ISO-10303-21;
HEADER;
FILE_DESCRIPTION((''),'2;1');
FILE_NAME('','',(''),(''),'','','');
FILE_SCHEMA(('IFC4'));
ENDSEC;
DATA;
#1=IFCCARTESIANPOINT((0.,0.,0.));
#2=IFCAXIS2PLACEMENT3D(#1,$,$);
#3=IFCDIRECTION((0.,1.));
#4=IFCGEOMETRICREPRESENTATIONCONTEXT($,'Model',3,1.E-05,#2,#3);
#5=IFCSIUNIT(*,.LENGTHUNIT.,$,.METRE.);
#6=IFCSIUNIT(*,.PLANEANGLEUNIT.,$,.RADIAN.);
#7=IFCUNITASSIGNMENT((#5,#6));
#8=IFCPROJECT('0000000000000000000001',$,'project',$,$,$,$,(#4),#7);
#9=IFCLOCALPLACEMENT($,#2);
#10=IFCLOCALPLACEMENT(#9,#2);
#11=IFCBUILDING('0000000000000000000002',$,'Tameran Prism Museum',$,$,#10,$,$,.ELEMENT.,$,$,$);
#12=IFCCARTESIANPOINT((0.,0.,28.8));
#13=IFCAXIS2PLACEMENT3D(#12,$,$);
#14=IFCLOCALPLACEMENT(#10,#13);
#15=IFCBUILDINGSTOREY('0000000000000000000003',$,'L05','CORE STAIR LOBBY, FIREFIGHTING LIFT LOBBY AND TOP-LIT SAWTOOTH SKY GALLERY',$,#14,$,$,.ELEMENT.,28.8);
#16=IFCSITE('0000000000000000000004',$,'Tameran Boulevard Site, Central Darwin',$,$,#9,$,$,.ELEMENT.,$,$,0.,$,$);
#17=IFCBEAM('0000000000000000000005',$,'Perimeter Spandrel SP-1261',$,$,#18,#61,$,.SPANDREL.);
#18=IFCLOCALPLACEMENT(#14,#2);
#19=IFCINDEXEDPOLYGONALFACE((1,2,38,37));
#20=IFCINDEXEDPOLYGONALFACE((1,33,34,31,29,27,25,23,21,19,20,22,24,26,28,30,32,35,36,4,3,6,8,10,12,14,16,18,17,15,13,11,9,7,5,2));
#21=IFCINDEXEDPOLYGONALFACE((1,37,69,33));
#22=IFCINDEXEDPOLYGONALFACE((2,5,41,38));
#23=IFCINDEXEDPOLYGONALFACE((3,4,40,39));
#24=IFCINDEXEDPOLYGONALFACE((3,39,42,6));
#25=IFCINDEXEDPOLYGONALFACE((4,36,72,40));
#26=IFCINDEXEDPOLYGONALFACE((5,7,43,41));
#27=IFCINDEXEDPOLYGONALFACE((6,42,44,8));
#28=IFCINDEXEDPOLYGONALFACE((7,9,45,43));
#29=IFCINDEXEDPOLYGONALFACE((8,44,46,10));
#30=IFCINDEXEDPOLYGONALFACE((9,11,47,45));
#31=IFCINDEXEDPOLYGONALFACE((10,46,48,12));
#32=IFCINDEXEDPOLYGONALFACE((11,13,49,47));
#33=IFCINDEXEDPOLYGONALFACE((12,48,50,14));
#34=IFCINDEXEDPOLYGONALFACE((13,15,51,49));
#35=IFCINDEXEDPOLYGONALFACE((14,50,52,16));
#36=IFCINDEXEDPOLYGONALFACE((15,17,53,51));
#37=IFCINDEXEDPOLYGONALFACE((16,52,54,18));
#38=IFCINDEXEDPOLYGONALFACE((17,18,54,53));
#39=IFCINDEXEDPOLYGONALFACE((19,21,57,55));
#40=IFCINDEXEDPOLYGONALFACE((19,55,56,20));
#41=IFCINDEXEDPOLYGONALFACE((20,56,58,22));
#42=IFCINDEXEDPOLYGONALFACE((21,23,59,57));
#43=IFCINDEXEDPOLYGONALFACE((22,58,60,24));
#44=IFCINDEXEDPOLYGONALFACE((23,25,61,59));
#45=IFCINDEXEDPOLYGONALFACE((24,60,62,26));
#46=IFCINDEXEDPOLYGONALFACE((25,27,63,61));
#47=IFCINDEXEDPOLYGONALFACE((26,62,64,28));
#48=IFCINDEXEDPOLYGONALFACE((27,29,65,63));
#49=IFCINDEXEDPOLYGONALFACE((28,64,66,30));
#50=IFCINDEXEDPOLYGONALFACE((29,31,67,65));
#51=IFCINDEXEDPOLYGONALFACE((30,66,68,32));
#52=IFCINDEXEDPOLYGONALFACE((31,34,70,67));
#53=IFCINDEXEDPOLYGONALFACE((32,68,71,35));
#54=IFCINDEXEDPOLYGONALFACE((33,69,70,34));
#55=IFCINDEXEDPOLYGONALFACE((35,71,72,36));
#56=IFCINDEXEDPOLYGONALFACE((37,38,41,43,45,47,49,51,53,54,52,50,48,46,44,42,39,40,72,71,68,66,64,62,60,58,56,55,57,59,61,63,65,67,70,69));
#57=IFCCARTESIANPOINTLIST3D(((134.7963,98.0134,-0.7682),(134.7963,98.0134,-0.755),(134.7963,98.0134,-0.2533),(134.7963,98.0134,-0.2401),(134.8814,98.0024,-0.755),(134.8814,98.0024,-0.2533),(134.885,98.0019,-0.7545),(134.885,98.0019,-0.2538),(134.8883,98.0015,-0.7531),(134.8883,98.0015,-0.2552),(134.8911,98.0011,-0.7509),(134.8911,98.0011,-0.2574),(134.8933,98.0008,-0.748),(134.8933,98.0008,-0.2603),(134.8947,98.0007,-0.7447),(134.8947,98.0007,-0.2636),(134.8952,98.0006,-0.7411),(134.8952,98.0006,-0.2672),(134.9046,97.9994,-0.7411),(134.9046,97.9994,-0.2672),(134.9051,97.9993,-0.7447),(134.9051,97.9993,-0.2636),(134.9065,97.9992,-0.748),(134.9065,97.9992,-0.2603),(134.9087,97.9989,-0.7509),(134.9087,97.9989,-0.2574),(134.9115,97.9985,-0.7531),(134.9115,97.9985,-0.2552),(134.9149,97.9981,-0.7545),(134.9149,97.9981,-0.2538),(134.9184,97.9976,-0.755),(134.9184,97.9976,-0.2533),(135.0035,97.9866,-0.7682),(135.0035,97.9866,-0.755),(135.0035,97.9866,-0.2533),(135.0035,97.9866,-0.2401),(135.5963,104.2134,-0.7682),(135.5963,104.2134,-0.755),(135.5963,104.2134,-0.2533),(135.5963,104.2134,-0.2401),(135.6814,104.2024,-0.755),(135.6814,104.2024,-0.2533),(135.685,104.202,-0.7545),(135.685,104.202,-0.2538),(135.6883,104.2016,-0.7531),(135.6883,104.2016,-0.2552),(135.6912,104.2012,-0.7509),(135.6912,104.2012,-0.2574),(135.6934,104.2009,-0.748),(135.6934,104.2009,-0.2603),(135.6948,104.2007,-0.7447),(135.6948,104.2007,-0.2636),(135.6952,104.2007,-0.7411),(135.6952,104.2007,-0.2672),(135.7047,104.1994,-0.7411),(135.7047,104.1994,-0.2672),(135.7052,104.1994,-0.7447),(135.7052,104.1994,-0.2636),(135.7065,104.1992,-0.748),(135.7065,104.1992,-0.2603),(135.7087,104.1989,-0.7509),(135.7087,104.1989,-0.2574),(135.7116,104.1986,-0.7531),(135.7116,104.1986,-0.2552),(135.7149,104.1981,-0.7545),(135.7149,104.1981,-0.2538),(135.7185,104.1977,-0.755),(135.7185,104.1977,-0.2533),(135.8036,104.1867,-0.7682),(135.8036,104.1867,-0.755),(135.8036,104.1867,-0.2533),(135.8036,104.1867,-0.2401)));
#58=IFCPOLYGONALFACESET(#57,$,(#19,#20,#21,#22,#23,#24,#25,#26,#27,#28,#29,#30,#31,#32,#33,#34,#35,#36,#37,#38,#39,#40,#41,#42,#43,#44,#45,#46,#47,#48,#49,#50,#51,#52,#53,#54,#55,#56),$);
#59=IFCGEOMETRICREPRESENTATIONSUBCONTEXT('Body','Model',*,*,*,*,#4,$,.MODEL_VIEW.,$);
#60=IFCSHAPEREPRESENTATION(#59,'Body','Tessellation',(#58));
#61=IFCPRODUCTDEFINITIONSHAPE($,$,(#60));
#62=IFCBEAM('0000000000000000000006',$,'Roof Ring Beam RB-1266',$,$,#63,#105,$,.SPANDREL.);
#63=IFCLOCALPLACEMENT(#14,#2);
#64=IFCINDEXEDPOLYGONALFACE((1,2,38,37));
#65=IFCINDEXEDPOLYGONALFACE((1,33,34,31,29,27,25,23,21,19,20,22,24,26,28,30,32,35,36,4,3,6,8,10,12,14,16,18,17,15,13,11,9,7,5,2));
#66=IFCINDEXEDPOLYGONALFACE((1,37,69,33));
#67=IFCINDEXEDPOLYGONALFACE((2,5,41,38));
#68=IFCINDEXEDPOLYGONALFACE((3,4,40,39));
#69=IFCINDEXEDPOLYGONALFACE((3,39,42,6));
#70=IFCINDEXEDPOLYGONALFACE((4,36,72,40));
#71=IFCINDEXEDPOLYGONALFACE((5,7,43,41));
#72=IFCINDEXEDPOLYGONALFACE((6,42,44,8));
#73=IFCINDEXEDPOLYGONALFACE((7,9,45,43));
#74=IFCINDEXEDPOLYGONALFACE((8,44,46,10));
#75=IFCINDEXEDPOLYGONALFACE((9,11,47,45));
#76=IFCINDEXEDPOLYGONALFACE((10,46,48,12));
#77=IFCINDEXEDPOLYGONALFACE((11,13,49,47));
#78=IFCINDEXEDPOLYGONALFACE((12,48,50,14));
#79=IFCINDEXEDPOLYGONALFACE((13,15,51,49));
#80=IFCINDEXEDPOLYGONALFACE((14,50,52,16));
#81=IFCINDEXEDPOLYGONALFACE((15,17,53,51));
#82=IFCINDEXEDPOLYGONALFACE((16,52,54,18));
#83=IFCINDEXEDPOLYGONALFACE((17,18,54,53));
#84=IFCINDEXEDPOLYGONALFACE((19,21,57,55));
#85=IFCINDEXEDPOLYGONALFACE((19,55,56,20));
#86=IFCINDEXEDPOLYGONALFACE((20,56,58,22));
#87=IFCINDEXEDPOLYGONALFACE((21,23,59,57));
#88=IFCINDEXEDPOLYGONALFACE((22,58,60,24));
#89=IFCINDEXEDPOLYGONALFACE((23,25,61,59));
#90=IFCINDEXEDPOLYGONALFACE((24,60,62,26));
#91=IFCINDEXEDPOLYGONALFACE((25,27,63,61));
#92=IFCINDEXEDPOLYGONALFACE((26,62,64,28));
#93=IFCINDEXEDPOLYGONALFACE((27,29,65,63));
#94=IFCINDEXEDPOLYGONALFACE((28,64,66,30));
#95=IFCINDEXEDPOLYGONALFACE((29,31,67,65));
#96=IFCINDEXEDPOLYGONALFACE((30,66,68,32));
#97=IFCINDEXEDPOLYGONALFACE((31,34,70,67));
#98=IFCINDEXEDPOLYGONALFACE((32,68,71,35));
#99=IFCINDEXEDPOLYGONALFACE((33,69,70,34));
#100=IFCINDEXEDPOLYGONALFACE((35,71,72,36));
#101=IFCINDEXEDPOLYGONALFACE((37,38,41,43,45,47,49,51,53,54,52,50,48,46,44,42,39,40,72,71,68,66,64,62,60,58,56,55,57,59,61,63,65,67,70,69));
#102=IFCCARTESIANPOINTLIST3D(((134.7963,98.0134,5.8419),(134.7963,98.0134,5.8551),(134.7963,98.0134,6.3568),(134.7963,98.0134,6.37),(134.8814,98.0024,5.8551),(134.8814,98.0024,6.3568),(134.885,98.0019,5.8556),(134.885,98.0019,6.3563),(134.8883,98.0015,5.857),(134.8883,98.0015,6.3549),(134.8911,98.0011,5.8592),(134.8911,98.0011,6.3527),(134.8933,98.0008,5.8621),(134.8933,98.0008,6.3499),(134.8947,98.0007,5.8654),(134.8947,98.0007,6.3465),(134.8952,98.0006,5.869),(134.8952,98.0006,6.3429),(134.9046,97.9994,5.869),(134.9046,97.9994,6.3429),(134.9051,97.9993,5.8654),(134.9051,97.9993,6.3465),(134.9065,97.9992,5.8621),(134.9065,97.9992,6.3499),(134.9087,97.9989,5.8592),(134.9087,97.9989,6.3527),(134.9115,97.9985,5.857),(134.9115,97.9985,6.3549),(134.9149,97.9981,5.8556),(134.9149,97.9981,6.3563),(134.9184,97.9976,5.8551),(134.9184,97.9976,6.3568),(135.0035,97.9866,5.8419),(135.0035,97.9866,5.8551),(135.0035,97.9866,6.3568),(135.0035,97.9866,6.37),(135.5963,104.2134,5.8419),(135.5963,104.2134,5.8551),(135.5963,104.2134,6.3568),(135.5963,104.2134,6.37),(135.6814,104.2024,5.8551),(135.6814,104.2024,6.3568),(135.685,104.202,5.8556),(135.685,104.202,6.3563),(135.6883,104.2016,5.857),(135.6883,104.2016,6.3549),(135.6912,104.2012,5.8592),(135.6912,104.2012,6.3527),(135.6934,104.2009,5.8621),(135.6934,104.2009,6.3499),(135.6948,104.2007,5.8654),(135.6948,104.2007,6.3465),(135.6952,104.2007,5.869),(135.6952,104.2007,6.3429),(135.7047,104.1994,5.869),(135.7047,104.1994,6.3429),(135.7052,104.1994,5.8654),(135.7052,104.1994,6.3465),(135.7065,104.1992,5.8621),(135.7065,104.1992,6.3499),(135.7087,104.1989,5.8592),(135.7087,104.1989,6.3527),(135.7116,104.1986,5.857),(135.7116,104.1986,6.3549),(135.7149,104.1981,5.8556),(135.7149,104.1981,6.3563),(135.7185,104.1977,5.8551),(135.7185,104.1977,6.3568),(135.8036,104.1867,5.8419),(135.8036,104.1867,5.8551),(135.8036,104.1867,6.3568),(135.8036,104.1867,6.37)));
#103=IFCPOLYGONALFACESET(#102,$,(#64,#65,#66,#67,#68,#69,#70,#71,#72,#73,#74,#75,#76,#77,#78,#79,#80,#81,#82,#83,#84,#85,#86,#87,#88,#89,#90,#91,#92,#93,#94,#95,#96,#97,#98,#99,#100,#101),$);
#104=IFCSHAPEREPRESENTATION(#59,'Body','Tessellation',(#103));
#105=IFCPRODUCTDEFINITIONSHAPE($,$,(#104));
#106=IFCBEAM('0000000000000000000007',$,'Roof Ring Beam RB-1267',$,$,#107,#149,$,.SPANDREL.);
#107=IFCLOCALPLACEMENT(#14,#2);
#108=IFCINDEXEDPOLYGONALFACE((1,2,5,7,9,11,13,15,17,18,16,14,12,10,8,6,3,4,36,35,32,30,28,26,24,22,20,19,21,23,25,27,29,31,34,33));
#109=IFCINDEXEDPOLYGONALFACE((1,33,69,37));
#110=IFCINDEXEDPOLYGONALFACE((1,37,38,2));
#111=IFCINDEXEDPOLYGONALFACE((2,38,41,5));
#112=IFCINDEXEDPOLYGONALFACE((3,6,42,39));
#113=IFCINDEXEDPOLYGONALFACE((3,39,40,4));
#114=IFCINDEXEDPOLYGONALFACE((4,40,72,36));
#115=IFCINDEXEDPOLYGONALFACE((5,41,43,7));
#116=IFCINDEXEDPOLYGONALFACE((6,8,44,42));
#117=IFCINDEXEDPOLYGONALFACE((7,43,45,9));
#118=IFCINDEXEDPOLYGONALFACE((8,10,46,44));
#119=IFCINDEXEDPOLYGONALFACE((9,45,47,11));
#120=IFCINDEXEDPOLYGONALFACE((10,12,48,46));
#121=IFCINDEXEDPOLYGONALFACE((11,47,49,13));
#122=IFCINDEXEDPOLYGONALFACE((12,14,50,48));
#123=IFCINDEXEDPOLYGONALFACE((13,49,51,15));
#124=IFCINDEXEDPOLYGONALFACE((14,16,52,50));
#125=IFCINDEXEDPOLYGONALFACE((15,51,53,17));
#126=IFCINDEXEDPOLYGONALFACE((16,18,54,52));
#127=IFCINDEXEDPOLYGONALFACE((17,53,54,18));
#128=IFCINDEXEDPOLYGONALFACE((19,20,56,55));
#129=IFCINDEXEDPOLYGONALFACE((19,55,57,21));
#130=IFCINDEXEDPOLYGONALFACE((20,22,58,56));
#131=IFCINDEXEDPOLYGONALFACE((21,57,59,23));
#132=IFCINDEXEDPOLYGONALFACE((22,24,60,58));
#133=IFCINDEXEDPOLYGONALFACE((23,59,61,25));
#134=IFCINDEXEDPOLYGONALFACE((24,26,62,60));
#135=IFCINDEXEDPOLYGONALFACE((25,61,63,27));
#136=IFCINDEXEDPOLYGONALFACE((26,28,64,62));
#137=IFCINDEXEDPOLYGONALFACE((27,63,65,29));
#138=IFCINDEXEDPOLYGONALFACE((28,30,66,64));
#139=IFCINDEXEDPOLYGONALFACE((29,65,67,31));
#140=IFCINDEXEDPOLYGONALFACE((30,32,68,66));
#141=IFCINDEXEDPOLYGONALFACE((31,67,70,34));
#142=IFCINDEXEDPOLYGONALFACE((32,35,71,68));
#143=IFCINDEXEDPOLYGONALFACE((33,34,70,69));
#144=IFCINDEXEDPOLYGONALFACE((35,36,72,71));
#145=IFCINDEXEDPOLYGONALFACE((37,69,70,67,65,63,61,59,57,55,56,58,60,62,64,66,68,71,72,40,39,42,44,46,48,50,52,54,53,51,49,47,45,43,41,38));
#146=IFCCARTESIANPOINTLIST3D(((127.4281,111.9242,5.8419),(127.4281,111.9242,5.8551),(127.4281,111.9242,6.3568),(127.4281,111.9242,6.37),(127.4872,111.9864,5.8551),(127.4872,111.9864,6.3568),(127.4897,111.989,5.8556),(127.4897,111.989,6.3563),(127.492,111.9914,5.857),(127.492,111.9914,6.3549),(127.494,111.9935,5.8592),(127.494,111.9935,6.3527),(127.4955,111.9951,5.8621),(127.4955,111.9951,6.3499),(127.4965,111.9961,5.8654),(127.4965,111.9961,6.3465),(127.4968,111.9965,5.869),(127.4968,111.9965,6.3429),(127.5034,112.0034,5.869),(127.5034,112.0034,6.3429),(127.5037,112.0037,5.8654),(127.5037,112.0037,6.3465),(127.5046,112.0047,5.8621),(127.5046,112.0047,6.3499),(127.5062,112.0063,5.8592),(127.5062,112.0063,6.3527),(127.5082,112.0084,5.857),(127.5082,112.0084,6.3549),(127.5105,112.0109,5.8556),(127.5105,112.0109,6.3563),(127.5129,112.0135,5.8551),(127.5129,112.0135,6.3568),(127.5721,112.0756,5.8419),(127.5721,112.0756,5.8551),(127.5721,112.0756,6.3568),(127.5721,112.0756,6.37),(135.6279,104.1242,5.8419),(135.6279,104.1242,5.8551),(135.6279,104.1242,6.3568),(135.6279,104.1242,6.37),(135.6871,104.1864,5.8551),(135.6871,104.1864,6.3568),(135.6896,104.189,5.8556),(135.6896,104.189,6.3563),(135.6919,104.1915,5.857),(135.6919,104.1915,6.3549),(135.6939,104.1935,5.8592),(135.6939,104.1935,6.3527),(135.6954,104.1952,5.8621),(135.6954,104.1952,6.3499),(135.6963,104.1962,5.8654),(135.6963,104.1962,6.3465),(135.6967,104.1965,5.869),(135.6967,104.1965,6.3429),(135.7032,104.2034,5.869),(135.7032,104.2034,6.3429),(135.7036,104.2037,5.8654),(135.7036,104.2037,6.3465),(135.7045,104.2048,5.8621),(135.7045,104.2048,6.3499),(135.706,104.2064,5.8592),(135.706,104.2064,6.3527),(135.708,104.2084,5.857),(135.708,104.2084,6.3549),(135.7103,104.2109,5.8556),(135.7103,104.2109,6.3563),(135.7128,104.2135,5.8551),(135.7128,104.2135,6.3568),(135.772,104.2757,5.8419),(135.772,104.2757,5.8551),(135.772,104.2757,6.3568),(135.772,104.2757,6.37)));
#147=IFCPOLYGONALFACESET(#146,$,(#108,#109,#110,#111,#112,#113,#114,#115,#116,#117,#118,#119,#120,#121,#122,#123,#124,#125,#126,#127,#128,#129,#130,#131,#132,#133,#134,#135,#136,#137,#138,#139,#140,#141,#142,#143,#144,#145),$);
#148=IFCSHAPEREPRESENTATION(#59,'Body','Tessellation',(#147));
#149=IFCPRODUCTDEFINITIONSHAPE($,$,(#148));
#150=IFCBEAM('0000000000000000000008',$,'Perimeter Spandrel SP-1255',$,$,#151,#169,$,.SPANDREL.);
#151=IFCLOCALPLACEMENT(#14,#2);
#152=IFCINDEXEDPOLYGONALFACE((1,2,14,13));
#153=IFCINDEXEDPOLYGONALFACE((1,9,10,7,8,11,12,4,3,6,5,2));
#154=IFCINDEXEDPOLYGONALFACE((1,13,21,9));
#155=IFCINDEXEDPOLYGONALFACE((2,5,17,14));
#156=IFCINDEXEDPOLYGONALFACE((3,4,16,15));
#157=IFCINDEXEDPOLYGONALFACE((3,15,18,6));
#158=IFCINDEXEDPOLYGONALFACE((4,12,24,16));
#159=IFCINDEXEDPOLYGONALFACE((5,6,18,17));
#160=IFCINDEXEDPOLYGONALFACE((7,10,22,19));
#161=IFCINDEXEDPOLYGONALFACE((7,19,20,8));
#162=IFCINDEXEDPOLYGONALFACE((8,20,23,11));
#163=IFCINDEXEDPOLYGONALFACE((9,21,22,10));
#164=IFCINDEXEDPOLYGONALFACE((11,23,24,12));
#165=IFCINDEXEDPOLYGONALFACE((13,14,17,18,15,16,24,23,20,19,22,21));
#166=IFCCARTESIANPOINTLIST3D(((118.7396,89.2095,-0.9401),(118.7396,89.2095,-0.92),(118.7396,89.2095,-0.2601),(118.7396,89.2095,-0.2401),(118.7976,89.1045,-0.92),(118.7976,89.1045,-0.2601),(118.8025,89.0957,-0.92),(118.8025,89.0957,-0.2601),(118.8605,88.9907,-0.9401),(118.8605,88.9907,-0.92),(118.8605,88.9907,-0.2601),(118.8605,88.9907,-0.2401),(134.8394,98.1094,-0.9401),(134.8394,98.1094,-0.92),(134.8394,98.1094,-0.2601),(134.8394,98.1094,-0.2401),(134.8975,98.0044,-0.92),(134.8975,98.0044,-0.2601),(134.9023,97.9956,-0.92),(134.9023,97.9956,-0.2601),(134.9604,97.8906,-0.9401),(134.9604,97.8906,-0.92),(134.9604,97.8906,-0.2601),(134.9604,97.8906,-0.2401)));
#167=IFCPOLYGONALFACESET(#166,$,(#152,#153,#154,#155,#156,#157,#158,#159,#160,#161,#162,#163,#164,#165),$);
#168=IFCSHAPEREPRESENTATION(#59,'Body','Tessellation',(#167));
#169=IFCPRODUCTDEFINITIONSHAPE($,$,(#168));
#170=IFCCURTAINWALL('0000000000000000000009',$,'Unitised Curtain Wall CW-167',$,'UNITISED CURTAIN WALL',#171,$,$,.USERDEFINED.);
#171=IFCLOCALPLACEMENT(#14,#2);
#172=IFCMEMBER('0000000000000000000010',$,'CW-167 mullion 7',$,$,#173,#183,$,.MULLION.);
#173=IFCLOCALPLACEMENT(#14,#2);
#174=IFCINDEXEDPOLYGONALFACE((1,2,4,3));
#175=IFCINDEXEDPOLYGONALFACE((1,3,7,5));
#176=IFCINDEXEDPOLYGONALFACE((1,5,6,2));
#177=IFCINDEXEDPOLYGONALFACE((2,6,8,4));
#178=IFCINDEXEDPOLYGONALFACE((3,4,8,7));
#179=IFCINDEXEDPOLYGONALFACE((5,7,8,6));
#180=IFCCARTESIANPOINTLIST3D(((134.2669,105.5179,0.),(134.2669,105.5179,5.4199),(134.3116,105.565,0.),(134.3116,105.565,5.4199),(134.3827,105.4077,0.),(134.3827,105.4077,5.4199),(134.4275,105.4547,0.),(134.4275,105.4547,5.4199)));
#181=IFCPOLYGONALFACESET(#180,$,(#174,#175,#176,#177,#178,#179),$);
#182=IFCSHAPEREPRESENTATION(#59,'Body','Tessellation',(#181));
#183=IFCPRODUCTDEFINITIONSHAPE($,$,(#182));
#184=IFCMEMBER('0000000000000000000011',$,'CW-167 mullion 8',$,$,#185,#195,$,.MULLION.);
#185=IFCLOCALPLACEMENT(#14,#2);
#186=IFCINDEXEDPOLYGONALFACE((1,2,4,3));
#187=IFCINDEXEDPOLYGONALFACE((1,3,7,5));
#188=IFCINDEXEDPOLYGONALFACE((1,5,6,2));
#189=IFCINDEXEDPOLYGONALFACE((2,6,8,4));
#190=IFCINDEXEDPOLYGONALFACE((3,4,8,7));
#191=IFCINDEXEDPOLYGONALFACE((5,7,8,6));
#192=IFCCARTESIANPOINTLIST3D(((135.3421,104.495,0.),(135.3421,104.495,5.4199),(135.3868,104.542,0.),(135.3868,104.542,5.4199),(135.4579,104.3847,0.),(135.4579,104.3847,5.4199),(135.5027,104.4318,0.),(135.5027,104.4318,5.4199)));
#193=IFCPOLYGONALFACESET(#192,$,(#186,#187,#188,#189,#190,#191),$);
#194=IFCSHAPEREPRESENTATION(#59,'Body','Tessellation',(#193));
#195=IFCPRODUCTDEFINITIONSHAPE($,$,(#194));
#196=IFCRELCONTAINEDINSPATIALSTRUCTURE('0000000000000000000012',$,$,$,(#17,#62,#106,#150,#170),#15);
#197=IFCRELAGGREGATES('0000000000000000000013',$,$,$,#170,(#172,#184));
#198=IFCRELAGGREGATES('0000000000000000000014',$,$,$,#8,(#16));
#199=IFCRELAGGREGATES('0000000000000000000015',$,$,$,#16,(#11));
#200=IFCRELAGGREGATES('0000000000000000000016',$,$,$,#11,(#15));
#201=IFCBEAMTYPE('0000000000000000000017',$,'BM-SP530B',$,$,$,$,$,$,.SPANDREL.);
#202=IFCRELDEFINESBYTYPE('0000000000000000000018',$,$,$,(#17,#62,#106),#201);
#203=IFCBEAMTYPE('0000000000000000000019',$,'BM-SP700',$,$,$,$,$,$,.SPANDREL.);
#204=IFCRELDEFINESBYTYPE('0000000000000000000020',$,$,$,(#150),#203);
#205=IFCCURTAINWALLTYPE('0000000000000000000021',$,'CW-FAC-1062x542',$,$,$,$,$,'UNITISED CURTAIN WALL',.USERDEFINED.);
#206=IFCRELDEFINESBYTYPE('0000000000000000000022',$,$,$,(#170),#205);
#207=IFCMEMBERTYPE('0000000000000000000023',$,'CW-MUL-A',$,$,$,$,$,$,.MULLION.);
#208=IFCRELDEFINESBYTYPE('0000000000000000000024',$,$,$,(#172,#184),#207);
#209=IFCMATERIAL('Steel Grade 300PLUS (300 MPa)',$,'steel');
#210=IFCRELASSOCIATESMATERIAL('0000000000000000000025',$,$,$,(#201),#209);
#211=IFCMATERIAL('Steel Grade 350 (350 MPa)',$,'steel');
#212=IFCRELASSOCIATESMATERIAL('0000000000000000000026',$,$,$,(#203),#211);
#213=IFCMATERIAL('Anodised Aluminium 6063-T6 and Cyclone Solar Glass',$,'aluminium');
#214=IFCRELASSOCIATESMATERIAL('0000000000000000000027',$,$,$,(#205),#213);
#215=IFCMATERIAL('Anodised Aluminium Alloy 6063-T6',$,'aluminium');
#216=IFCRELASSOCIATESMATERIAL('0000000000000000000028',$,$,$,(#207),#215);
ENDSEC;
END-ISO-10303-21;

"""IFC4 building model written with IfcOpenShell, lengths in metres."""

from ifc_helpers import new_model, si_unit, direction, frame, origin, origin_2d, place, context, subcontext, project, spatial, rectangle, i_section, extrude, material, material_profile, profile_set, type_object, element, aggregate, save


model = new_model("IFC4")

# Units and contexts
model_context = context("Model", 3, precision=1e-05, world=origin(), true_north=direction((0.0, 1.0)))
body_context = subcontext(model_context, "Body", "Model", "MODEL_VIEW")
ifc_project = project(units=[si_unit("LENGTHUNIT", "METRE"), si_unit("PLANEANGLEUNIT", "RADIAN")], contexts=[model_context])

# Site, building, storey
site_placement = place(None, origin())
site = spatial("IfcSite", under=ifc_project, at=site_placement, Name="Tameran Boulevard Site, Central Darwin", CompositionType="ELEMENT", RefElevation=0.0)
building_placement = place(site_placement, origin())
building = spatial("IfcBuilding", under=site, at=building_placement, Name="Tameran Prism Museum", CompositionType="ELEMENT")
storey_placement = place(building_placement, frame((0.0, 0.0, 28.8)))
storey = spatial("IfcBuildingStorey", under=building, at=storey_placement, Name="L05", Description="CORE STAIR LOBBY, FIREFIGHTING LIFT LOBBY AND TOP-LIT SAWTOOTH SKY GALLERY", CompositionType="ELEMENT", Elevation=28.8)

# Beams
ifc_material_1 = material(Name="Steel Grade 300PLUS (300 MPa)", Category="steel")
ifc_material_profile_1 = material_profile(ifc_material_1, i_section(OverallWidth=0.209, OverallDepth=0.5281, WebThickness=0.0095, FlangeThickness=0.0132, FilletRadius=0.0139, at=origin_2d()))
ifc_profile_set_1 = profile_set([ifc_material_profile_1])
beam_type_1 = type_object("IfcBeamType", Name="BM-SP530B", PredefinedType="SPANDREL", material=ifc_profile_set_1)
for number, where, z_axis, x_axis, name in (
    (1, (134.8999, 98.0, -0.5042), (0.12798, 0.991777, 0.0), (-0.991777, 0.12798, 0.0), "Perimeter Spandrel SP-1261"),
    (2, (134.8999, 98.0, 6.106), (0.12798, 0.991777, 0.0), (-0.991777, 0.12798, 0.0), "Roof Ring Beam RB-1266"),
):
    element("IfcBeam", number, at=place(storey_placement, frame(where, z_axis=z_axis, x_axis=x_axis)), inside=storey, type_object=beam_type_1, Name=name, PredefinedType="SPANDREL", context=body_context, shape_type="SweptSolid", body=[
        extrude(i_section(OverallWidth=0.209, OverallDepth=0.5281, WebThickness=0.0095, FlangeThickness=0.0132, FilletRadius=0.0139, at=origin_2d()), origin(), (0.0, 0.0, 1.0), 6.2515),
    ])
beam_1_placement = place(storey_placement, frame((135.7, 104.2, 6.106), z_axis=(-0.724554, 0.689218, 0.0), x_axis=(-0.689218, -0.724554, 0.0)))
element("IfcBeam", 3, at=beam_1_placement, inside=storey, type_object=beam_type_1, Name="Roof Ring Beam RB-1267", PredefinedType="SPANDREL", context=body_context, shape_type="SweptSolid", body=[
    extrude(i_section(OverallWidth=0.209, OverallDepth=0.5281, WebThickness=0.0095, FlangeThickness=0.0132, FilletRadius=0.0139, at=origin_2d()), origin(), (0.0, 0.0, 1.0), 11.3171),
])
ifc_material_2 = material(Name="Steel Grade 350 (350 MPa)", Category="steel")
ifc_material_profile_2 = material_profile(ifc_material_2, i_section(OverallWidth=0.25, OverallDepth=0.7, WebThickness=0.01, FlangeThickness=0.02, at=origin_2d()))
ifc_profile_set_2 = profile_set([ifc_material_profile_2])
beam_type_2 = type_object("IfcBeamType", Name="BM-SP700", PredefinedType="SPANDREL", material=ifc_profile_set_2)
beam_2_placement = place(storey_placement, frame((134.8999, 98.0, -0.5901), z_axis=(-0.875181, -0.483795, 0.0), x_axis=(0.483795, -0.875181, 0.0)))
element("IfcBeam", 4, at=beam_2_placement, inside=storey, type_object=beam_type_2, Name="Perimeter Spandrel SP-1255", PredefinedType="SPANDREL", context=body_context, shape_type="SweptSolid", body=[
    extrude(i_section(OverallWidth=0.25, OverallDepth=0.7, WebThickness=0.01, FlangeThickness=0.02, at=origin_2d()), origin(), (0.0, 0.0, 1.0), 18.396),
])

# Curtain wall, members
ifc_material_3 = material(Name="Anodised Aluminium 6063-T6 and Cyclone Solar Glass", Category="aluminium")
curtain_wall_type = type_object("IfcCurtainWallType", Name="CW-FAC-1062x542", ElementType="UNITISED CURTAIN WALL", PredefinedType="USERDEFINED", material=ifc_material_3)
curtain_wall_placement = place(storey_placement, origin())
curtain_wall = element("IfcCurtainWall", 5, at=curtain_wall_placement, inside=storey, type_object=curtain_wall_type, Name="Unitised Curtain Wall CW-167", ObjectType="UNITISED CURTAIN WALL", PredefinedType="USERDEFINED")
ifc_material_4 = material(Name="Anodised Aluminium Alloy 6063-T6", Category="aluminium")
ifc_material_profile_3 = material_profile(ifc_material_4, rectangle(XDim=0.0649, YDim=0.1599, at=origin_2d()))
ifc_profile_set_3 = profile_set([ifc_material_profile_3])
member_type_1 = type_object("IfcMemberType", Name="CW-MUL-A", PredefinedType="MULLION", material=ifc_profile_set_3)
member_1_placement = place(storey_placement, frame((134.3472, 105.4863, 0.0), z_axis=(0.0, 0.0, 1.0), x_axis=(0.689274, 0.724501, 0.0)))
member_1 = element("IfcMember", 6, at=member_1_placement, type_object=member_type_1, Name="CW-167 mullion 7", PredefinedType="MULLION", context=body_context, shape_type="SweptSolid", body=[
    extrude(rectangle(XDim=0.0649, YDim=0.1599, at=origin_2d()), origin(), (0.0, 0.0, 1.0), 5.4199),
])
member_2_placement = place(storey_placement, frame((135.4224, 104.4634, 0.0), z_axis=(0.0, 0.0, 1.0), x_axis=(0.689274, 0.724501, 0.0)))
member_2 = element("IfcMember", 7, at=member_2_placement, type_object=member_type_1, Name="CW-167 mullion 8", PredefinedType="MULLION", context=body_context, shape_type="SweptSolid", body=[
    extrude(rectangle(XDim=0.0649, YDim=0.1599, at=origin_2d()), origin(), (0.0, 0.0, 1.0), 5.4199),
])

aggregate(curtain_wall, [member_1, member_2])

save(model, "model.ifc")
